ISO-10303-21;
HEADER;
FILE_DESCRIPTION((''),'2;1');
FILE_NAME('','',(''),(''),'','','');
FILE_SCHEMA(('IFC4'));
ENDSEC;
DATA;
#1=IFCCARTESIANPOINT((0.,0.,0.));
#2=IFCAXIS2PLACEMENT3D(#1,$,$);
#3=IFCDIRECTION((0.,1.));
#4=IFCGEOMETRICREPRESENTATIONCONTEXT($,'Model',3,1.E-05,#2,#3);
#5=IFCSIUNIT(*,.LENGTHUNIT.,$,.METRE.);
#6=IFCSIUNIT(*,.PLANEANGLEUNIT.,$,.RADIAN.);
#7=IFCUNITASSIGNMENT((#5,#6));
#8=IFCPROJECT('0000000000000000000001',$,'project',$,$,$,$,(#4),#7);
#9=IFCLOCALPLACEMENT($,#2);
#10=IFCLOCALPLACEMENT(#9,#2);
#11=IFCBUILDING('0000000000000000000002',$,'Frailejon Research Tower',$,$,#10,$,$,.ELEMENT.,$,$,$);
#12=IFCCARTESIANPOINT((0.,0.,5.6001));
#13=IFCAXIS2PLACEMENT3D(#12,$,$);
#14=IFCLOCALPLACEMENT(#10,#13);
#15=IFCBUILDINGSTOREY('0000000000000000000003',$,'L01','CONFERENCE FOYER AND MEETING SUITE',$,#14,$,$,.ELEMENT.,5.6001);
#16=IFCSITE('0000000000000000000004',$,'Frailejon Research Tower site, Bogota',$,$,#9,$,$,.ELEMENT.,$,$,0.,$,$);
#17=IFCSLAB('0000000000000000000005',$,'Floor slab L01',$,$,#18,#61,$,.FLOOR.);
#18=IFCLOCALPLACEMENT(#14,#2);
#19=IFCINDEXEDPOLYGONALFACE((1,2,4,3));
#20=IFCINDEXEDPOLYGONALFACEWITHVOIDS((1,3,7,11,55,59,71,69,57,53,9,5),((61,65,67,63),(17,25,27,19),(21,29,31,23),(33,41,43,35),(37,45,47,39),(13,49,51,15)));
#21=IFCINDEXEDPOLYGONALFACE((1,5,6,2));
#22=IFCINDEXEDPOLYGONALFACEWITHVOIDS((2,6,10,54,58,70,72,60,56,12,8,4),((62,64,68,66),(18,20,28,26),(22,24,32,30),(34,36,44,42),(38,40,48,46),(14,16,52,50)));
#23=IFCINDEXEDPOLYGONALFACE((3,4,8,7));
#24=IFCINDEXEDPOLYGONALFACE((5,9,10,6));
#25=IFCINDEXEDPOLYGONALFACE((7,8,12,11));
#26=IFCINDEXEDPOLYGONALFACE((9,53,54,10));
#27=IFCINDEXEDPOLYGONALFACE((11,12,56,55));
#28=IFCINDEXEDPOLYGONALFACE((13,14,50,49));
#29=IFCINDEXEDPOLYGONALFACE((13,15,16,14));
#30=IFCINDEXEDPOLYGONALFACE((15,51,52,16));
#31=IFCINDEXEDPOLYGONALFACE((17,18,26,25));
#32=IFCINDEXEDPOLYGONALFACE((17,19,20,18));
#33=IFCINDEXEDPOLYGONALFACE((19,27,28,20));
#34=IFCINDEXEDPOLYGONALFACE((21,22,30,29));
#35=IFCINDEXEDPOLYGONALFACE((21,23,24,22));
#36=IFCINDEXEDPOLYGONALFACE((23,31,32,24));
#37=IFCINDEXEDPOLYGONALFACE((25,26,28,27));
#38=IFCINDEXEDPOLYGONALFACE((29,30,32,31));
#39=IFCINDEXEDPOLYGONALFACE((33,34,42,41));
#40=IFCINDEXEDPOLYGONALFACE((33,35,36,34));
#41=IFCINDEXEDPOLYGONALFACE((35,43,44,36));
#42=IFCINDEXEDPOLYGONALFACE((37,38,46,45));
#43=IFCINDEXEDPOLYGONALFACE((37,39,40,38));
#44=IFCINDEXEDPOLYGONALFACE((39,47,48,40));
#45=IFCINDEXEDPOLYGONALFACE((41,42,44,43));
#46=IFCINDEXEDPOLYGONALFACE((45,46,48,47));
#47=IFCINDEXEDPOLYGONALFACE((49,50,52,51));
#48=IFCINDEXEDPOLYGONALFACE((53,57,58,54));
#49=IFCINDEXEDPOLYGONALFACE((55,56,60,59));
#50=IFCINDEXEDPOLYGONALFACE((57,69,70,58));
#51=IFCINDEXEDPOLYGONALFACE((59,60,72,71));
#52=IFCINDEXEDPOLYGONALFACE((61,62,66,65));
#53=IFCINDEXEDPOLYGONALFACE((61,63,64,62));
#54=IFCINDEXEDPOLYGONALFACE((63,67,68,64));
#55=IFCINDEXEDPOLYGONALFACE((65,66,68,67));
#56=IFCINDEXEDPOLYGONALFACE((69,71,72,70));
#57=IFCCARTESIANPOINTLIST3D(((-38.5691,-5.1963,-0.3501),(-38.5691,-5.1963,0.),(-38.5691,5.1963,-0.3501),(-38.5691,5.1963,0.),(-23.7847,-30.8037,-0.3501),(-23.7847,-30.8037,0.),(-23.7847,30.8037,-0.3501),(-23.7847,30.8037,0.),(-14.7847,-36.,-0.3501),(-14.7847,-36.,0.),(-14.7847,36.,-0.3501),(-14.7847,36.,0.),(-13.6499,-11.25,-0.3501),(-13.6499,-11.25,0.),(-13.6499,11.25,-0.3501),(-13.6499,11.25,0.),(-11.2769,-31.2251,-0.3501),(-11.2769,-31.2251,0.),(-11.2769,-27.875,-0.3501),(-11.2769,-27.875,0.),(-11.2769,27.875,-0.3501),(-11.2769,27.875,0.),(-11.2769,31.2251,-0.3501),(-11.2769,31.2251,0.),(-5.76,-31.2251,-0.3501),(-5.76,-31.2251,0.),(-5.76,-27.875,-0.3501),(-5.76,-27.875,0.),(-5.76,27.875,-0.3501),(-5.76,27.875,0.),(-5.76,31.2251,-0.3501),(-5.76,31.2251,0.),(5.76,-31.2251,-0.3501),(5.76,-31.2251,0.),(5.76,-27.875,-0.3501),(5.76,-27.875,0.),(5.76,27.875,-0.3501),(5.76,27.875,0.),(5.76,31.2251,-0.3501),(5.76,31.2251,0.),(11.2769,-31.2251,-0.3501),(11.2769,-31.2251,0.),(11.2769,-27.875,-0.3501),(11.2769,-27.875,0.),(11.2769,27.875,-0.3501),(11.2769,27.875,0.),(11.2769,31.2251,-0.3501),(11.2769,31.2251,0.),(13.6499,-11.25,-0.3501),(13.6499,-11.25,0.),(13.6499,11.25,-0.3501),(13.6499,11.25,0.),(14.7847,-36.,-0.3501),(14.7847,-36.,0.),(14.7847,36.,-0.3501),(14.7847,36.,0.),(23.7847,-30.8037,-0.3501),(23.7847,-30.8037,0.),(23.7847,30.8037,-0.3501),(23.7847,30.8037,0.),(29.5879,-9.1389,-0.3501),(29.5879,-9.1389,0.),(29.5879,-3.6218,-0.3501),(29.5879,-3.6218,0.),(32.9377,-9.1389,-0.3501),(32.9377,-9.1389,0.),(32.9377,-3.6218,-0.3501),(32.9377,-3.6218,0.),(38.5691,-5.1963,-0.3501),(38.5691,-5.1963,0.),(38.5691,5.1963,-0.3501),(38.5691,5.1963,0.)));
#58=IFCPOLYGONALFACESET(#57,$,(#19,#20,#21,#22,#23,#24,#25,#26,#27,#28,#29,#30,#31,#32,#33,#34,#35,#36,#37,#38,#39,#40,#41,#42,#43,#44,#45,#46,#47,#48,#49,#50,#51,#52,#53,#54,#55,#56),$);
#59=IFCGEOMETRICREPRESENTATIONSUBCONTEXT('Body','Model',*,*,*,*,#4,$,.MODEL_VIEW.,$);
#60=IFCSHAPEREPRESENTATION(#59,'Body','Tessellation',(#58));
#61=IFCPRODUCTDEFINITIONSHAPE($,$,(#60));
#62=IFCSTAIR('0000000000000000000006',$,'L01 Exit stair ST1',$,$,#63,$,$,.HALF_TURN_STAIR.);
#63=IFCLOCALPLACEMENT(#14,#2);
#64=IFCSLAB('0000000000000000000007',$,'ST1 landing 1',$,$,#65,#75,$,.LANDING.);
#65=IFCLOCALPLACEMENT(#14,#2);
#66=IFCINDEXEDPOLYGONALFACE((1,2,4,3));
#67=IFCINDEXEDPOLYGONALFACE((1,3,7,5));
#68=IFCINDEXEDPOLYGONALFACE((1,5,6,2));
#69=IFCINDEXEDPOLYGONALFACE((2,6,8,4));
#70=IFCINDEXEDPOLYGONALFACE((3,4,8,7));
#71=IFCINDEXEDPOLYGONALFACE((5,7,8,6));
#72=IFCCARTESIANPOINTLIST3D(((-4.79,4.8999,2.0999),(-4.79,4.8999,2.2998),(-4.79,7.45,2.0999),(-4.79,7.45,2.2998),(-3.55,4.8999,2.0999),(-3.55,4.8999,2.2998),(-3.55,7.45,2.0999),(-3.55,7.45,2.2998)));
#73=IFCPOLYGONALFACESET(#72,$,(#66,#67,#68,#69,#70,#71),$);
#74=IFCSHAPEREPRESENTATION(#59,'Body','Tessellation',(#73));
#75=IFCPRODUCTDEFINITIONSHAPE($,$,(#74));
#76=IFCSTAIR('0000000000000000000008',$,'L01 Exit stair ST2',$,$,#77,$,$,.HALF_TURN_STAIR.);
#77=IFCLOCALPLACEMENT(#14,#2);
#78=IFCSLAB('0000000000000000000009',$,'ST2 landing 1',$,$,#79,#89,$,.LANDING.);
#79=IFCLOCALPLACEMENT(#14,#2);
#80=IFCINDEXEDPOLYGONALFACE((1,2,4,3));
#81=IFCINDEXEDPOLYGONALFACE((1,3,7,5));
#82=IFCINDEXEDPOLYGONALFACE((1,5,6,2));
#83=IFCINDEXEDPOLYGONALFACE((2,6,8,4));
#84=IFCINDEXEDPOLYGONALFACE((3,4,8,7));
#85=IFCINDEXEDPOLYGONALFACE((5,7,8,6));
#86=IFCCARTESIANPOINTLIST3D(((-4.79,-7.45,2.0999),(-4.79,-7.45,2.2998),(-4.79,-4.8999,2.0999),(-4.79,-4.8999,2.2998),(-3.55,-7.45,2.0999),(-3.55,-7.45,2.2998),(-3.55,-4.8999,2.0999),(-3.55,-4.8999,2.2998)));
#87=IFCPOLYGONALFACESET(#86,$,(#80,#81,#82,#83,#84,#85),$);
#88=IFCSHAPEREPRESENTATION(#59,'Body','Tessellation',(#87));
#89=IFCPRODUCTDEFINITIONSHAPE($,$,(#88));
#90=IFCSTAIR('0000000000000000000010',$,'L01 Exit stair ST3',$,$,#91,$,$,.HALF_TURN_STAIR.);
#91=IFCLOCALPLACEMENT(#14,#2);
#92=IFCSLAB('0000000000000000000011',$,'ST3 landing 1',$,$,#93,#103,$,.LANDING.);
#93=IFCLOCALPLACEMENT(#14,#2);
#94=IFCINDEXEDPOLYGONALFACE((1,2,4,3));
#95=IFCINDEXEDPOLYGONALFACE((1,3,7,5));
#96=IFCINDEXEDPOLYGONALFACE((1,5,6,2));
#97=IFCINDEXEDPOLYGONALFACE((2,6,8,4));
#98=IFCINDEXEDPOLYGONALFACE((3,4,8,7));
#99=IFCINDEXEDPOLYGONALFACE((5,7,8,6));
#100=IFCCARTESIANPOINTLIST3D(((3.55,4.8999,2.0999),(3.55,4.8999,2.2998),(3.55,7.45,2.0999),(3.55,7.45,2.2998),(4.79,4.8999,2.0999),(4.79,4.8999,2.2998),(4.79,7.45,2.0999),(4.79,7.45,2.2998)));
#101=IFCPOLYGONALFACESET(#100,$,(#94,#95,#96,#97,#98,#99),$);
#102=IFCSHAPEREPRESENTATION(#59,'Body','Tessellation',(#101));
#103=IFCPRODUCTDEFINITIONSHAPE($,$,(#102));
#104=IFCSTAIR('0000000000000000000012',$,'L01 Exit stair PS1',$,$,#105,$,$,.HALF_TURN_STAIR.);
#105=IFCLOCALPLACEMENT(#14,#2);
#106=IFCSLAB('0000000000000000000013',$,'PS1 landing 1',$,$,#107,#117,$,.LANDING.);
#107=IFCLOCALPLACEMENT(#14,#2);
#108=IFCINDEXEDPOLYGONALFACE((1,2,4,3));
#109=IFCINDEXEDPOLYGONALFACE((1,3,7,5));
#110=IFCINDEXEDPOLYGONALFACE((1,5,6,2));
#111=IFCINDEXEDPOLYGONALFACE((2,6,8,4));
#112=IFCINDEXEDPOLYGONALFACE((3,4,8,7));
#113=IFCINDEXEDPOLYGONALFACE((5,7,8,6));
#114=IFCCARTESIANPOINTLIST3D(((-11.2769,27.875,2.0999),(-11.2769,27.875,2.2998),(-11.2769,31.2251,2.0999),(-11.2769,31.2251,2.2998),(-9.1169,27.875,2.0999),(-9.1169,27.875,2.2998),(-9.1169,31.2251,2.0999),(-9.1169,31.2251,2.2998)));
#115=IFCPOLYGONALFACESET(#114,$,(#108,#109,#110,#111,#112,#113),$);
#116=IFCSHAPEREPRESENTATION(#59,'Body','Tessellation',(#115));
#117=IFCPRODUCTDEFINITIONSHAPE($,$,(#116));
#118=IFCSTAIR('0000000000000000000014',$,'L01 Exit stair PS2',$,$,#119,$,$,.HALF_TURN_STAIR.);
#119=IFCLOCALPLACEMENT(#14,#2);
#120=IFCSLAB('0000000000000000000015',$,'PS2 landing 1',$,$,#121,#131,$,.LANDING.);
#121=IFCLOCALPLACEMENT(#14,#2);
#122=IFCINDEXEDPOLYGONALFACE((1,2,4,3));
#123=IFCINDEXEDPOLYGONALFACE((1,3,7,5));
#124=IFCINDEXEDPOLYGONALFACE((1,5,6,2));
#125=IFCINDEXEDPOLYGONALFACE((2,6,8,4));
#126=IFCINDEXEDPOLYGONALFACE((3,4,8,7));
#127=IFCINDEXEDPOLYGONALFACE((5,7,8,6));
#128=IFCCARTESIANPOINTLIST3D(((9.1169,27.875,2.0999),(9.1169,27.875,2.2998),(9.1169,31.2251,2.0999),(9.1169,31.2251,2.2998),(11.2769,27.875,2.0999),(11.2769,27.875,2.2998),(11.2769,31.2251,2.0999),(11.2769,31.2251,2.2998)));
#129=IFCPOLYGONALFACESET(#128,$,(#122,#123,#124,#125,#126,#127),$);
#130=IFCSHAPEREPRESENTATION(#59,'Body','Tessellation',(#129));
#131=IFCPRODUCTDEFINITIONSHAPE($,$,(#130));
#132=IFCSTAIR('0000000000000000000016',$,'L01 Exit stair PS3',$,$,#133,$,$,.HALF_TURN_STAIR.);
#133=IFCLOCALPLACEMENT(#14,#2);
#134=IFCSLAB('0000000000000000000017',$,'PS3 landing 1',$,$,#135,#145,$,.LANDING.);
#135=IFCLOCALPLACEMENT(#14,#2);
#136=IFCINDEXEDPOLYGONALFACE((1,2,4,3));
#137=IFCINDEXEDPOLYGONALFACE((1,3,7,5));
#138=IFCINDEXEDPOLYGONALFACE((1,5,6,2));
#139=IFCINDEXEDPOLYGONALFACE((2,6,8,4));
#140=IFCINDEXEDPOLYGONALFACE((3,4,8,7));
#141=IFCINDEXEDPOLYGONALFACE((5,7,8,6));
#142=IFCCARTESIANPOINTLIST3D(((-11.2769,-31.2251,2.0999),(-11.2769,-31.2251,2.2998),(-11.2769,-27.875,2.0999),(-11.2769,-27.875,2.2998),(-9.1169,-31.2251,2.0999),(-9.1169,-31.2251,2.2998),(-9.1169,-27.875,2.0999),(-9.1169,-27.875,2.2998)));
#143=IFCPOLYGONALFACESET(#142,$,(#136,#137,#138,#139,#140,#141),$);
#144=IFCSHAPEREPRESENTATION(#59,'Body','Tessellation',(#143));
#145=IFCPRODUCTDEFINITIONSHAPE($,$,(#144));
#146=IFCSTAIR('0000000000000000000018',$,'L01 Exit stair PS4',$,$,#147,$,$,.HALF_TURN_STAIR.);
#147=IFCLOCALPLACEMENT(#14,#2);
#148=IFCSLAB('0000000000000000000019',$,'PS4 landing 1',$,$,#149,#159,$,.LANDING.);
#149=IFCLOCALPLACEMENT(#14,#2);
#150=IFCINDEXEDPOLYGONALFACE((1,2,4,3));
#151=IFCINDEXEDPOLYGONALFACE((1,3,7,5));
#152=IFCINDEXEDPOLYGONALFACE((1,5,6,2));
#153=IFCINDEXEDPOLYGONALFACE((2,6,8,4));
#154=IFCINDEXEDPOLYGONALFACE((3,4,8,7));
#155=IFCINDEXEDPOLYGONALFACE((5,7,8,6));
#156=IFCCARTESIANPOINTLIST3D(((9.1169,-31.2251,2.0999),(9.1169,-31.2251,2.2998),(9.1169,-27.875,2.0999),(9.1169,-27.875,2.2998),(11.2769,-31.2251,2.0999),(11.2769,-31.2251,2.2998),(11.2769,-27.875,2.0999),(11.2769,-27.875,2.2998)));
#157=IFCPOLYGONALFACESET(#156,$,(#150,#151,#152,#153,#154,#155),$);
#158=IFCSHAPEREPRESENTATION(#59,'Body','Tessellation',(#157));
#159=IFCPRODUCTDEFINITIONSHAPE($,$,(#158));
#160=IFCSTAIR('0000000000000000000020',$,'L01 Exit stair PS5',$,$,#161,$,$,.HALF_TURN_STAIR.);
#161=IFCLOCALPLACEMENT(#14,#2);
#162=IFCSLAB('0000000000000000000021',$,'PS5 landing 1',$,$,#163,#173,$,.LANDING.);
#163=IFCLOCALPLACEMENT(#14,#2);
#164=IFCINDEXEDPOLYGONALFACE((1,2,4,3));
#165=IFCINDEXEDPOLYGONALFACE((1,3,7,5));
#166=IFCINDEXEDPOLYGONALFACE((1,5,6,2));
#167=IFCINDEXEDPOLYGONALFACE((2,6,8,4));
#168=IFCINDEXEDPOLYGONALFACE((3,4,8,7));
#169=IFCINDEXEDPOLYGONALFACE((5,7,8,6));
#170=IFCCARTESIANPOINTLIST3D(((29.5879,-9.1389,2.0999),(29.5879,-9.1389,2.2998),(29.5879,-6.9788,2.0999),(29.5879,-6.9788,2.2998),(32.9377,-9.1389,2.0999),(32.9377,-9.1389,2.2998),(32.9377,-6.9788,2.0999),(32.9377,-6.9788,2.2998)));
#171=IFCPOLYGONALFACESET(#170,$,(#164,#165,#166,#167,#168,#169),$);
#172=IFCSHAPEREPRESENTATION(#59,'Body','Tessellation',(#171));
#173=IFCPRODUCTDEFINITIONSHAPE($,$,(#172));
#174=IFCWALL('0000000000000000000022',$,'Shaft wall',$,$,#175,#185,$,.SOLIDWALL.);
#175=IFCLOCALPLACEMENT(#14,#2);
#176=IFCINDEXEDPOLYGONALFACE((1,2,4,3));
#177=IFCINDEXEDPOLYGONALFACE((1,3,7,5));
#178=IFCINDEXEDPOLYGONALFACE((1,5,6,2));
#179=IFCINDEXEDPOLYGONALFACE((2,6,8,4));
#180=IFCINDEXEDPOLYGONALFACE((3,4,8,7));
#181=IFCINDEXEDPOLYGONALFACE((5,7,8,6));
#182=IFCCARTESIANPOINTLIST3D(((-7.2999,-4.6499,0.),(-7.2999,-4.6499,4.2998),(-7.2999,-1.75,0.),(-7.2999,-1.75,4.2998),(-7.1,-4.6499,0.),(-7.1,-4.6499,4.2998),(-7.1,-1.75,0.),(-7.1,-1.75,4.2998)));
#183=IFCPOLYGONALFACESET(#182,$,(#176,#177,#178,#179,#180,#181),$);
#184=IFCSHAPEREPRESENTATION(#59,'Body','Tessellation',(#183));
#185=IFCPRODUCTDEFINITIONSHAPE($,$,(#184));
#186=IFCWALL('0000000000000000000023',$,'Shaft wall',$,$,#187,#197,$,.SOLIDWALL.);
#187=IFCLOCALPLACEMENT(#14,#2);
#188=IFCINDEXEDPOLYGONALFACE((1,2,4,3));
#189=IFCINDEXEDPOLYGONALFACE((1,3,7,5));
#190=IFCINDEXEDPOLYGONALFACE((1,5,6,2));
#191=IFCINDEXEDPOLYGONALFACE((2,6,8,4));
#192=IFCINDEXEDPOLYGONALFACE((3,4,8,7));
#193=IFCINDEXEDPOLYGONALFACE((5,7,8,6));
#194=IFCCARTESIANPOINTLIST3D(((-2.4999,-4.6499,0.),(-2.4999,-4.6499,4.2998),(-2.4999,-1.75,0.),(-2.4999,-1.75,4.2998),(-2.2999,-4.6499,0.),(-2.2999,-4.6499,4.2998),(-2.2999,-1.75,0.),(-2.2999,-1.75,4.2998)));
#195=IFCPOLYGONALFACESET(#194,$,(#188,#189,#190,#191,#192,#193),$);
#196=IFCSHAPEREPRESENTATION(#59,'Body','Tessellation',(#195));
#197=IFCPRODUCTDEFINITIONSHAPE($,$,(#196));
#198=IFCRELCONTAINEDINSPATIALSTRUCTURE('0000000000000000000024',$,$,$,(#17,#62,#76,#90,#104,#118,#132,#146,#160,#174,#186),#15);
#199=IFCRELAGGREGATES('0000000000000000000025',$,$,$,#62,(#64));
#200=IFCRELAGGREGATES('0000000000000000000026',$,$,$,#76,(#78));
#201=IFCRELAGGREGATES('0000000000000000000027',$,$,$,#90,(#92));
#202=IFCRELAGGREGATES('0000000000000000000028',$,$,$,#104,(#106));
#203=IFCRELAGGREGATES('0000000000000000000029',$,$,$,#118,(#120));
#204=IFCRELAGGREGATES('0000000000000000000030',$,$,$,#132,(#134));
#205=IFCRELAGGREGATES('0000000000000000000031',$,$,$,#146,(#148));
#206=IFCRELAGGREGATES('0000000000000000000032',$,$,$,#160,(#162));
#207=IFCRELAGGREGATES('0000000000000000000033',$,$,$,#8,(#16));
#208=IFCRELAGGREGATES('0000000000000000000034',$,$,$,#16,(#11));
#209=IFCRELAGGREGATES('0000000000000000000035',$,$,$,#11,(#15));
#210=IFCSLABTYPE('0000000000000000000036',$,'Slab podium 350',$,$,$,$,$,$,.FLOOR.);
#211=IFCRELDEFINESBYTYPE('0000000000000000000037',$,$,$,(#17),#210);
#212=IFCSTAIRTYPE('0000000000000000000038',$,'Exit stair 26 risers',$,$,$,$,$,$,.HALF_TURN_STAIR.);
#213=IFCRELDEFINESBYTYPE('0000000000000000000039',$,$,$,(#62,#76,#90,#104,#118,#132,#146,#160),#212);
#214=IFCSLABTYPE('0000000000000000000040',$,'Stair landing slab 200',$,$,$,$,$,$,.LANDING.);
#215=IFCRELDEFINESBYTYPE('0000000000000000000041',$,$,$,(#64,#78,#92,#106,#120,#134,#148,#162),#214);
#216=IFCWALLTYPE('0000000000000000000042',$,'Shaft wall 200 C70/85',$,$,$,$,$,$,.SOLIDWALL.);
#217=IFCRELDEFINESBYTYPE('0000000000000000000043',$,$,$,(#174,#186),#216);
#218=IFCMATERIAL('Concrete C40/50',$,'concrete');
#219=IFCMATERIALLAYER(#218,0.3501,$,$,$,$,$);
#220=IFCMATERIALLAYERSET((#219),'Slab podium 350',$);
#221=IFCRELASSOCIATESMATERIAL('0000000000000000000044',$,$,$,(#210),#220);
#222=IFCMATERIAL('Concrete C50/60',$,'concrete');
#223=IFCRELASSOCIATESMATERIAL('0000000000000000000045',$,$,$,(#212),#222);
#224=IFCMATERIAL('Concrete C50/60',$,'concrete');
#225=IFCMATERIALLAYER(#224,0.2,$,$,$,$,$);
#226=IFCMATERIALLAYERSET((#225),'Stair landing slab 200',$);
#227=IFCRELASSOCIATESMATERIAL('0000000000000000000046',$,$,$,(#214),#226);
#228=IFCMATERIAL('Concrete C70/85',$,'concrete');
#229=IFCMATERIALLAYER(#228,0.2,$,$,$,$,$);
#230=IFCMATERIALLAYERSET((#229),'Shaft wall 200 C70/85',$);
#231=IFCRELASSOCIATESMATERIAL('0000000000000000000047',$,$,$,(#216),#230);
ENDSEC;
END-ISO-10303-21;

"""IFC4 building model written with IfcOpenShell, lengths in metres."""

from ifc_helpers import new_model, si_unit, direction, frame, frame_2d, origin, place, context, subcontext, project, spatial, polyline, rectangle, outline, extrude, material, layer, layer_set, type_object, element, aggregate, save


model = new_model("IFC4")

# Units and contexts
model_context = context("Model", 3, precision=1e-05, world=origin(), true_north=direction((0.0, 1.0)))
body_context = subcontext(model_context, "Body", "Model", "MODEL_VIEW")
ifc_project = project(units=[si_unit("LENGTHUNIT", "METRE"), si_unit("PLANEANGLEUNIT", "RADIAN")], contexts=[model_context])

# Site, building, storey
site_placement = place(None, origin())
site = spatial("IfcSite", under=ifc_project, at=site_placement, Name="Frailejon Research Tower site, Bogota", CompositionType="ELEMENT", RefElevation=0.0)
building_placement = place(site_placement, origin())
building = spatial("IfcBuilding", under=site, at=building_placement, Name="Frailejon Research Tower", CompositionType="ELEMENT")
storey_placement = place(building_placement, frame((0.0, 0.0, 5.6001)))
storey = spatial("IfcBuildingStorey", under=building, at=storey_placement, Name="L01", Description="CONFERENCE FOYER AND MEETING SUITE", CompositionType="ELEMENT", Elevation=5.6001)

# Slab
ifc_material_1 = material(Name="Concrete C40/50", Category="concrete")
ifc_layer_1 = layer(ifc_material_1, 0.3501)
ifc_layer_set_1 = layer_set([ifc_layer_1], Name="Slab podium 350")
slab_type_1 = type_object("IfcSlabType", Name="Slab podium 350", PredefinedType="FLOOR", material=ifc_layer_set_1)
slab_1_placement = place(storey_placement, frame((0.0, 0.0, -0.3501)))
element("IfcSlab", 1, at=slab_1_placement, inside=storey, type_object=slab_type_1, Name="Floor slab L01", PredefinedType="FLOOR", context=body_context, shape_type="SweptSolid", body=[
    extrude(outline(polyline([(23.7847, -30.8037), (38.5691, -5.1963), (38.5691, 5.1963), (23.7847, 30.8037), (14.7847, 36.0), (-14.7847, 36.0), (-23.7847, 30.8037), (-38.5691, 5.1963), (-38.5691, -5.1963), (-23.7847, -30.8037), (-14.7847, -36.0), (14.7847, -36.0), (23.7847, -30.8037)]), holes=[polyline([(13.6499, 11.25), (13.6499, -11.25), (-13.6499, -11.25), (-13.6499, 11.25), (13.6499, 11.25)]), polyline([(-11.2769, -31.2251), (-11.2769, -27.875), (-5.76, -27.875), (-5.76, -31.2251), (-11.2769, -31.2251)]), polyline([(11.2769, -27.875), (11.2769, -31.2251), (5.76, -31.2251), (5.76, -27.875), (11.2769, -27.875)]), polyline([(32.9377, -9.1389), (29.5879, -9.1389), (29.5879, -3.6218), (32.9377, -3.6218), (32.9377, -9.1389)]), polyline([(-11.2769, 31.2251), (-5.76, 31.2251), (-5.76, 27.875), (-11.2769, 27.875), (-11.2769, 31.2251)]), polyline([(11.2769, 27.875), (5.76, 27.875), (5.76, 31.2251), (11.2769, 31.2251), (11.2769, 27.875)])]), origin(), (0.0, 0.0, 1.0), 0.3501),
])

# Stairs, slabs
ifc_material_2 = material(Name="Concrete C50/60", Category="concrete")
stair_type_1 = type_object("IfcStairType", Name="Exit stair 26 risers", PredefinedType="HALF_TURN_STAIR", material=ifc_material_2)
stair_1_placement = place(storey_placement, origin())
stair_1 = element("IfcStair", 2, at=stair_1_placement, inside=storey, type_object=stair_type_1, Name="L01 Exit stair ST1", PredefinedType="HALF_TURN_STAIR")
ifc_material_3 = material(Name="Concrete C50/60", Category="concrete")
ifc_layer_2 = layer(ifc_material_3, 0.2)
ifc_layer_set_2 = layer_set([ifc_layer_2], Name="Stair landing slab 200")
slab_type_2 = type_object("IfcSlabType", Name="Stair landing slab 200", PredefinedType="LANDING", material=ifc_layer_set_2)
slab_2_placement = place(storey_placement, frame((0.0, 0.0, 2.0999)))
slab_2 = element("IfcSlab", 3, at=slab_2_placement, type_object=slab_type_2, Name="ST1 landing 1", PredefinedType="LANDING", context=body_context, shape_type="SweptSolid", body=[
    extrude(outline(polyline([(-4.79, 4.8999), (-3.55, 4.8999), (-3.55, 7.45), (-4.79, 7.45), (-4.79, 4.8999)])), origin(), (0.0, 0.0, 1.0), 0.2),
])
aggregate(stair_1, [slab_2])
stair_2_placement = place(storey_placement, origin())
stair_2 = element("IfcStair", 4, at=stair_2_placement, inside=storey, type_object=stair_type_1, Name="L01 Exit stair ST2", PredefinedType="HALF_TURN_STAIR")
slab_3_placement = place(storey_placement, frame((0.0, 0.0, 2.0999)))
slab_3 = element("IfcSlab", 5, at=slab_3_placement, type_object=slab_type_2, Name="ST2 landing 1", PredefinedType="LANDING", context=body_context, shape_type="SweptSolid", body=[
    extrude(outline(polyline([(-4.79, -7.45), (-3.55, -7.45), (-3.55, -4.8999), (-4.79, -4.8999), (-4.79, -7.45)])), origin(), (0.0, 0.0, 1.0), 0.2),
])
aggregate(stair_2, [slab_3])
stair_3_placement = place(storey_placement, origin())
stair_3 = element("IfcStair", 6, at=stair_3_placement, inside=storey, type_object=stair_type_1, Name="L01 Exit stair ST3", PredefinedType="HALF_TURN_STAIR")
slab_4_placement = place(storey_placement, frame((0.0, 0.0, 2.0999)))
slab_4 = element("IfcSlab", 7, at=slab_4_placement, type_object=slab_type_2, Name="ST3 landing 1", PredefinedType="LANDING", context=body_context, shape_type="SweptSolid", body=[
    extrude(outline(polyline([(4.79, 7.45), (3.55, 7.45), (3.55, 4.8999), (4.79, 4.8999), (4.79, 7.45)])), origin(), (0.0, 0.0, 1.0), 0.2),
])
aggregate(stair_3, [slab_4])
stair_4_placement = place(storey_placement, origin())
stair_4 = element("IfcStair", 8, at=stair_4_placement, inside=storey, type_object=stair_type_1, Name="L01 Exit stair PS1", PredefinedType="HALF_TURN_STAIR")
slab_5_placement = place(storey_placement, frame((0.0, 0.0, 2.0999)))
slab_5 = element("IfcSlab", 9, at=slab_5_placement, type_object=slab_type_2, Name="PS1 landing 1", PredefinedType="LANDING", context=body_context, shape_type="SweptSolid", body=[
    extrude(outline(polyline([(-9.1169, 31.2251), (-11.2769, 31.2251), (-11.2769, 27.875), (-9.1169, 27.875), (-9.1169, 31.2251)])), origin(), (0.0, 0.0, 1.0), 0.2),
])
aggregate(stair_4, [slab_5])
stair_5_placement = place(storey_placement, origin())
stair_5 = element("IfcStair", 10, at=stair_5_placement, inside=storey, type_object=stair_type_1, Name="L01 Exit stair PS2", PredefinedType="HALF_TURN_STAIR")
slab_6_placement = place(storey_placement, frame((0.0, 0.0, 2.0999)))
slab_6 = element("IfcSlab", 11, at=slab_6_placement, type_object=slab_type_2, Name="PS2 landing 1", PredefinedType="LANDING", context=body_context, shape_type="SweptSolid", body=[
    extrude(outline(polyline([(9.1169, 27.875), (11.2769, 27.875), (11.2769, 31.2251), (9.1169, 31.2251), (9.1169, 27.875)])), origin(), (0.0, 0.0, 1.0), 0.2),
])
aggregate(stair_5, [slab_6])
stair_6_placement = place(storey_placement, origin())
stair_6 = element("IfcStair", 12, at=stair_6_placement, inside=storey, type_object=stair_type_1, Name="L01 Exit stair PS3", PredefinedType="HALF_TURN_STAIR")
slab_7_placement = place(storey_placement, frame((0.0, 0.0, 2.0999)))
slab_7 = element("IfcSlab", 13, at=slab_7_placement, type_object=slab_type_2, Name="PS3 landing 1", PredefinedType="LANDING", context=body_context, shape_type="SweptSolid", body=[
    extrude(outline(polyline([(-9.1169, -27.875), (-11.2769, -27.875), (-11.2769, -31.2251), (-9.1169, -31.2251), (-9.1169, -27.875)])), origin(), (0.0, 0.0, 1.0), 0.2),
])
aggregate(stair_6, [slab_7])
stair_7_placement = place(storey_placement, origin())
stair_7 = element("IfcStair", 14, at=stair_7_placement, inside=storey, type_object=stair_type_1, Name="L01 Exit stair PS4", PredefinedType="HALF_TURN_STAIR")
slab_8_placement = place(storey_placement, frame((0.0, 0.0, 2.0999)))
slab_8 = element("IfcSlab", 15, at=slab_8_placement, type_object=slab_type_2, Name="PS4 landing 1", PredefinedType="LANDING", context=body_context, shape_type="SweptSolid", body=[
    extrude(outline(polyline([(9.1169, -31.2251), (11.2769, -31.2251), (11.2769, -27.875), (9.1169, -27.875), (9.1169, -31.2251)])), origin(), (0.0, 0.0, 1.0), 0.2),
])
aggregate(stair_7, [slab_8])
stair_8_placement = place(storey_placement, origin())
stair_8 = element("IfcStair", 16, at=stair_8_placement, inside=storey, type_object=stair_type_1, Name="L01 Exit stair PS5", PredefinedType="HALF_TURN_STAIR")
slab_9_placement = place(storey_placement, frame((0.0, 0.0, 2.0999)))
slab_9 = element("IfcSlab", 17, at=slab_9_placement, type_object=slab_type_2, Name="PS5 landing 1", PredefinedType="LANDING", context=body_context, shape_type="SweptSolid", body=[
    extrude(outline(polyline([(29.5879, -6.9788), (29.5879, -9.1389), (32.9377, -9.1389), (32.9377, -6.9788), (29.5879, -6.9788)])), origin(), (0.0, 0.0, 1.0), 0.2),
])
aggregate(stair_8, [slab_9])

# Walls
ifc_material_4 = material(Name="Concrete C70/85", Category="concrete")
ifc_layer_3 = layer(ifc_material_4, 0.2)
ifc_layer_set_3 = layer_set([ifc_layer_3], Name="Shaft wall 200 C70/85")
wall_type_1 = type_object("IfcWallType", Name="Shaft wall 200 C70/85", PredefinedType="SOLIDWALL", material=ifc_layer_set_3)
for number, where, z_axis, x_axis, name in (
    (18, (-7.2, -4.6499, 0.0), (0.0, 0.0, 1.0), (0.0, 1.0, 0.0), "Shaft wall"),
    (19, (-2.3999, -4.6499, 0.0), (0.0, 0.0, 1.0), (0.0, 1.0, 0.0), "Shaft wall"),
):
    element("IfcWall", number, at=place(storey_placement, frame(where, z_axis=z_axis, x_axis=x_axis)), inside=storey, type_object=wall_type_1, Name=name, PredefinedType="SOLIDWALL", context=body_context, shape_type="SweptSolid", body=[
        extrude(rectangle(XDim=2.8999, YDim=0.2, at=frame_2d((1.45, 0.0))), origin(), (0.0, 0.0, 1.0), 4.2998),
    ])

save(model, "model.ifc")
